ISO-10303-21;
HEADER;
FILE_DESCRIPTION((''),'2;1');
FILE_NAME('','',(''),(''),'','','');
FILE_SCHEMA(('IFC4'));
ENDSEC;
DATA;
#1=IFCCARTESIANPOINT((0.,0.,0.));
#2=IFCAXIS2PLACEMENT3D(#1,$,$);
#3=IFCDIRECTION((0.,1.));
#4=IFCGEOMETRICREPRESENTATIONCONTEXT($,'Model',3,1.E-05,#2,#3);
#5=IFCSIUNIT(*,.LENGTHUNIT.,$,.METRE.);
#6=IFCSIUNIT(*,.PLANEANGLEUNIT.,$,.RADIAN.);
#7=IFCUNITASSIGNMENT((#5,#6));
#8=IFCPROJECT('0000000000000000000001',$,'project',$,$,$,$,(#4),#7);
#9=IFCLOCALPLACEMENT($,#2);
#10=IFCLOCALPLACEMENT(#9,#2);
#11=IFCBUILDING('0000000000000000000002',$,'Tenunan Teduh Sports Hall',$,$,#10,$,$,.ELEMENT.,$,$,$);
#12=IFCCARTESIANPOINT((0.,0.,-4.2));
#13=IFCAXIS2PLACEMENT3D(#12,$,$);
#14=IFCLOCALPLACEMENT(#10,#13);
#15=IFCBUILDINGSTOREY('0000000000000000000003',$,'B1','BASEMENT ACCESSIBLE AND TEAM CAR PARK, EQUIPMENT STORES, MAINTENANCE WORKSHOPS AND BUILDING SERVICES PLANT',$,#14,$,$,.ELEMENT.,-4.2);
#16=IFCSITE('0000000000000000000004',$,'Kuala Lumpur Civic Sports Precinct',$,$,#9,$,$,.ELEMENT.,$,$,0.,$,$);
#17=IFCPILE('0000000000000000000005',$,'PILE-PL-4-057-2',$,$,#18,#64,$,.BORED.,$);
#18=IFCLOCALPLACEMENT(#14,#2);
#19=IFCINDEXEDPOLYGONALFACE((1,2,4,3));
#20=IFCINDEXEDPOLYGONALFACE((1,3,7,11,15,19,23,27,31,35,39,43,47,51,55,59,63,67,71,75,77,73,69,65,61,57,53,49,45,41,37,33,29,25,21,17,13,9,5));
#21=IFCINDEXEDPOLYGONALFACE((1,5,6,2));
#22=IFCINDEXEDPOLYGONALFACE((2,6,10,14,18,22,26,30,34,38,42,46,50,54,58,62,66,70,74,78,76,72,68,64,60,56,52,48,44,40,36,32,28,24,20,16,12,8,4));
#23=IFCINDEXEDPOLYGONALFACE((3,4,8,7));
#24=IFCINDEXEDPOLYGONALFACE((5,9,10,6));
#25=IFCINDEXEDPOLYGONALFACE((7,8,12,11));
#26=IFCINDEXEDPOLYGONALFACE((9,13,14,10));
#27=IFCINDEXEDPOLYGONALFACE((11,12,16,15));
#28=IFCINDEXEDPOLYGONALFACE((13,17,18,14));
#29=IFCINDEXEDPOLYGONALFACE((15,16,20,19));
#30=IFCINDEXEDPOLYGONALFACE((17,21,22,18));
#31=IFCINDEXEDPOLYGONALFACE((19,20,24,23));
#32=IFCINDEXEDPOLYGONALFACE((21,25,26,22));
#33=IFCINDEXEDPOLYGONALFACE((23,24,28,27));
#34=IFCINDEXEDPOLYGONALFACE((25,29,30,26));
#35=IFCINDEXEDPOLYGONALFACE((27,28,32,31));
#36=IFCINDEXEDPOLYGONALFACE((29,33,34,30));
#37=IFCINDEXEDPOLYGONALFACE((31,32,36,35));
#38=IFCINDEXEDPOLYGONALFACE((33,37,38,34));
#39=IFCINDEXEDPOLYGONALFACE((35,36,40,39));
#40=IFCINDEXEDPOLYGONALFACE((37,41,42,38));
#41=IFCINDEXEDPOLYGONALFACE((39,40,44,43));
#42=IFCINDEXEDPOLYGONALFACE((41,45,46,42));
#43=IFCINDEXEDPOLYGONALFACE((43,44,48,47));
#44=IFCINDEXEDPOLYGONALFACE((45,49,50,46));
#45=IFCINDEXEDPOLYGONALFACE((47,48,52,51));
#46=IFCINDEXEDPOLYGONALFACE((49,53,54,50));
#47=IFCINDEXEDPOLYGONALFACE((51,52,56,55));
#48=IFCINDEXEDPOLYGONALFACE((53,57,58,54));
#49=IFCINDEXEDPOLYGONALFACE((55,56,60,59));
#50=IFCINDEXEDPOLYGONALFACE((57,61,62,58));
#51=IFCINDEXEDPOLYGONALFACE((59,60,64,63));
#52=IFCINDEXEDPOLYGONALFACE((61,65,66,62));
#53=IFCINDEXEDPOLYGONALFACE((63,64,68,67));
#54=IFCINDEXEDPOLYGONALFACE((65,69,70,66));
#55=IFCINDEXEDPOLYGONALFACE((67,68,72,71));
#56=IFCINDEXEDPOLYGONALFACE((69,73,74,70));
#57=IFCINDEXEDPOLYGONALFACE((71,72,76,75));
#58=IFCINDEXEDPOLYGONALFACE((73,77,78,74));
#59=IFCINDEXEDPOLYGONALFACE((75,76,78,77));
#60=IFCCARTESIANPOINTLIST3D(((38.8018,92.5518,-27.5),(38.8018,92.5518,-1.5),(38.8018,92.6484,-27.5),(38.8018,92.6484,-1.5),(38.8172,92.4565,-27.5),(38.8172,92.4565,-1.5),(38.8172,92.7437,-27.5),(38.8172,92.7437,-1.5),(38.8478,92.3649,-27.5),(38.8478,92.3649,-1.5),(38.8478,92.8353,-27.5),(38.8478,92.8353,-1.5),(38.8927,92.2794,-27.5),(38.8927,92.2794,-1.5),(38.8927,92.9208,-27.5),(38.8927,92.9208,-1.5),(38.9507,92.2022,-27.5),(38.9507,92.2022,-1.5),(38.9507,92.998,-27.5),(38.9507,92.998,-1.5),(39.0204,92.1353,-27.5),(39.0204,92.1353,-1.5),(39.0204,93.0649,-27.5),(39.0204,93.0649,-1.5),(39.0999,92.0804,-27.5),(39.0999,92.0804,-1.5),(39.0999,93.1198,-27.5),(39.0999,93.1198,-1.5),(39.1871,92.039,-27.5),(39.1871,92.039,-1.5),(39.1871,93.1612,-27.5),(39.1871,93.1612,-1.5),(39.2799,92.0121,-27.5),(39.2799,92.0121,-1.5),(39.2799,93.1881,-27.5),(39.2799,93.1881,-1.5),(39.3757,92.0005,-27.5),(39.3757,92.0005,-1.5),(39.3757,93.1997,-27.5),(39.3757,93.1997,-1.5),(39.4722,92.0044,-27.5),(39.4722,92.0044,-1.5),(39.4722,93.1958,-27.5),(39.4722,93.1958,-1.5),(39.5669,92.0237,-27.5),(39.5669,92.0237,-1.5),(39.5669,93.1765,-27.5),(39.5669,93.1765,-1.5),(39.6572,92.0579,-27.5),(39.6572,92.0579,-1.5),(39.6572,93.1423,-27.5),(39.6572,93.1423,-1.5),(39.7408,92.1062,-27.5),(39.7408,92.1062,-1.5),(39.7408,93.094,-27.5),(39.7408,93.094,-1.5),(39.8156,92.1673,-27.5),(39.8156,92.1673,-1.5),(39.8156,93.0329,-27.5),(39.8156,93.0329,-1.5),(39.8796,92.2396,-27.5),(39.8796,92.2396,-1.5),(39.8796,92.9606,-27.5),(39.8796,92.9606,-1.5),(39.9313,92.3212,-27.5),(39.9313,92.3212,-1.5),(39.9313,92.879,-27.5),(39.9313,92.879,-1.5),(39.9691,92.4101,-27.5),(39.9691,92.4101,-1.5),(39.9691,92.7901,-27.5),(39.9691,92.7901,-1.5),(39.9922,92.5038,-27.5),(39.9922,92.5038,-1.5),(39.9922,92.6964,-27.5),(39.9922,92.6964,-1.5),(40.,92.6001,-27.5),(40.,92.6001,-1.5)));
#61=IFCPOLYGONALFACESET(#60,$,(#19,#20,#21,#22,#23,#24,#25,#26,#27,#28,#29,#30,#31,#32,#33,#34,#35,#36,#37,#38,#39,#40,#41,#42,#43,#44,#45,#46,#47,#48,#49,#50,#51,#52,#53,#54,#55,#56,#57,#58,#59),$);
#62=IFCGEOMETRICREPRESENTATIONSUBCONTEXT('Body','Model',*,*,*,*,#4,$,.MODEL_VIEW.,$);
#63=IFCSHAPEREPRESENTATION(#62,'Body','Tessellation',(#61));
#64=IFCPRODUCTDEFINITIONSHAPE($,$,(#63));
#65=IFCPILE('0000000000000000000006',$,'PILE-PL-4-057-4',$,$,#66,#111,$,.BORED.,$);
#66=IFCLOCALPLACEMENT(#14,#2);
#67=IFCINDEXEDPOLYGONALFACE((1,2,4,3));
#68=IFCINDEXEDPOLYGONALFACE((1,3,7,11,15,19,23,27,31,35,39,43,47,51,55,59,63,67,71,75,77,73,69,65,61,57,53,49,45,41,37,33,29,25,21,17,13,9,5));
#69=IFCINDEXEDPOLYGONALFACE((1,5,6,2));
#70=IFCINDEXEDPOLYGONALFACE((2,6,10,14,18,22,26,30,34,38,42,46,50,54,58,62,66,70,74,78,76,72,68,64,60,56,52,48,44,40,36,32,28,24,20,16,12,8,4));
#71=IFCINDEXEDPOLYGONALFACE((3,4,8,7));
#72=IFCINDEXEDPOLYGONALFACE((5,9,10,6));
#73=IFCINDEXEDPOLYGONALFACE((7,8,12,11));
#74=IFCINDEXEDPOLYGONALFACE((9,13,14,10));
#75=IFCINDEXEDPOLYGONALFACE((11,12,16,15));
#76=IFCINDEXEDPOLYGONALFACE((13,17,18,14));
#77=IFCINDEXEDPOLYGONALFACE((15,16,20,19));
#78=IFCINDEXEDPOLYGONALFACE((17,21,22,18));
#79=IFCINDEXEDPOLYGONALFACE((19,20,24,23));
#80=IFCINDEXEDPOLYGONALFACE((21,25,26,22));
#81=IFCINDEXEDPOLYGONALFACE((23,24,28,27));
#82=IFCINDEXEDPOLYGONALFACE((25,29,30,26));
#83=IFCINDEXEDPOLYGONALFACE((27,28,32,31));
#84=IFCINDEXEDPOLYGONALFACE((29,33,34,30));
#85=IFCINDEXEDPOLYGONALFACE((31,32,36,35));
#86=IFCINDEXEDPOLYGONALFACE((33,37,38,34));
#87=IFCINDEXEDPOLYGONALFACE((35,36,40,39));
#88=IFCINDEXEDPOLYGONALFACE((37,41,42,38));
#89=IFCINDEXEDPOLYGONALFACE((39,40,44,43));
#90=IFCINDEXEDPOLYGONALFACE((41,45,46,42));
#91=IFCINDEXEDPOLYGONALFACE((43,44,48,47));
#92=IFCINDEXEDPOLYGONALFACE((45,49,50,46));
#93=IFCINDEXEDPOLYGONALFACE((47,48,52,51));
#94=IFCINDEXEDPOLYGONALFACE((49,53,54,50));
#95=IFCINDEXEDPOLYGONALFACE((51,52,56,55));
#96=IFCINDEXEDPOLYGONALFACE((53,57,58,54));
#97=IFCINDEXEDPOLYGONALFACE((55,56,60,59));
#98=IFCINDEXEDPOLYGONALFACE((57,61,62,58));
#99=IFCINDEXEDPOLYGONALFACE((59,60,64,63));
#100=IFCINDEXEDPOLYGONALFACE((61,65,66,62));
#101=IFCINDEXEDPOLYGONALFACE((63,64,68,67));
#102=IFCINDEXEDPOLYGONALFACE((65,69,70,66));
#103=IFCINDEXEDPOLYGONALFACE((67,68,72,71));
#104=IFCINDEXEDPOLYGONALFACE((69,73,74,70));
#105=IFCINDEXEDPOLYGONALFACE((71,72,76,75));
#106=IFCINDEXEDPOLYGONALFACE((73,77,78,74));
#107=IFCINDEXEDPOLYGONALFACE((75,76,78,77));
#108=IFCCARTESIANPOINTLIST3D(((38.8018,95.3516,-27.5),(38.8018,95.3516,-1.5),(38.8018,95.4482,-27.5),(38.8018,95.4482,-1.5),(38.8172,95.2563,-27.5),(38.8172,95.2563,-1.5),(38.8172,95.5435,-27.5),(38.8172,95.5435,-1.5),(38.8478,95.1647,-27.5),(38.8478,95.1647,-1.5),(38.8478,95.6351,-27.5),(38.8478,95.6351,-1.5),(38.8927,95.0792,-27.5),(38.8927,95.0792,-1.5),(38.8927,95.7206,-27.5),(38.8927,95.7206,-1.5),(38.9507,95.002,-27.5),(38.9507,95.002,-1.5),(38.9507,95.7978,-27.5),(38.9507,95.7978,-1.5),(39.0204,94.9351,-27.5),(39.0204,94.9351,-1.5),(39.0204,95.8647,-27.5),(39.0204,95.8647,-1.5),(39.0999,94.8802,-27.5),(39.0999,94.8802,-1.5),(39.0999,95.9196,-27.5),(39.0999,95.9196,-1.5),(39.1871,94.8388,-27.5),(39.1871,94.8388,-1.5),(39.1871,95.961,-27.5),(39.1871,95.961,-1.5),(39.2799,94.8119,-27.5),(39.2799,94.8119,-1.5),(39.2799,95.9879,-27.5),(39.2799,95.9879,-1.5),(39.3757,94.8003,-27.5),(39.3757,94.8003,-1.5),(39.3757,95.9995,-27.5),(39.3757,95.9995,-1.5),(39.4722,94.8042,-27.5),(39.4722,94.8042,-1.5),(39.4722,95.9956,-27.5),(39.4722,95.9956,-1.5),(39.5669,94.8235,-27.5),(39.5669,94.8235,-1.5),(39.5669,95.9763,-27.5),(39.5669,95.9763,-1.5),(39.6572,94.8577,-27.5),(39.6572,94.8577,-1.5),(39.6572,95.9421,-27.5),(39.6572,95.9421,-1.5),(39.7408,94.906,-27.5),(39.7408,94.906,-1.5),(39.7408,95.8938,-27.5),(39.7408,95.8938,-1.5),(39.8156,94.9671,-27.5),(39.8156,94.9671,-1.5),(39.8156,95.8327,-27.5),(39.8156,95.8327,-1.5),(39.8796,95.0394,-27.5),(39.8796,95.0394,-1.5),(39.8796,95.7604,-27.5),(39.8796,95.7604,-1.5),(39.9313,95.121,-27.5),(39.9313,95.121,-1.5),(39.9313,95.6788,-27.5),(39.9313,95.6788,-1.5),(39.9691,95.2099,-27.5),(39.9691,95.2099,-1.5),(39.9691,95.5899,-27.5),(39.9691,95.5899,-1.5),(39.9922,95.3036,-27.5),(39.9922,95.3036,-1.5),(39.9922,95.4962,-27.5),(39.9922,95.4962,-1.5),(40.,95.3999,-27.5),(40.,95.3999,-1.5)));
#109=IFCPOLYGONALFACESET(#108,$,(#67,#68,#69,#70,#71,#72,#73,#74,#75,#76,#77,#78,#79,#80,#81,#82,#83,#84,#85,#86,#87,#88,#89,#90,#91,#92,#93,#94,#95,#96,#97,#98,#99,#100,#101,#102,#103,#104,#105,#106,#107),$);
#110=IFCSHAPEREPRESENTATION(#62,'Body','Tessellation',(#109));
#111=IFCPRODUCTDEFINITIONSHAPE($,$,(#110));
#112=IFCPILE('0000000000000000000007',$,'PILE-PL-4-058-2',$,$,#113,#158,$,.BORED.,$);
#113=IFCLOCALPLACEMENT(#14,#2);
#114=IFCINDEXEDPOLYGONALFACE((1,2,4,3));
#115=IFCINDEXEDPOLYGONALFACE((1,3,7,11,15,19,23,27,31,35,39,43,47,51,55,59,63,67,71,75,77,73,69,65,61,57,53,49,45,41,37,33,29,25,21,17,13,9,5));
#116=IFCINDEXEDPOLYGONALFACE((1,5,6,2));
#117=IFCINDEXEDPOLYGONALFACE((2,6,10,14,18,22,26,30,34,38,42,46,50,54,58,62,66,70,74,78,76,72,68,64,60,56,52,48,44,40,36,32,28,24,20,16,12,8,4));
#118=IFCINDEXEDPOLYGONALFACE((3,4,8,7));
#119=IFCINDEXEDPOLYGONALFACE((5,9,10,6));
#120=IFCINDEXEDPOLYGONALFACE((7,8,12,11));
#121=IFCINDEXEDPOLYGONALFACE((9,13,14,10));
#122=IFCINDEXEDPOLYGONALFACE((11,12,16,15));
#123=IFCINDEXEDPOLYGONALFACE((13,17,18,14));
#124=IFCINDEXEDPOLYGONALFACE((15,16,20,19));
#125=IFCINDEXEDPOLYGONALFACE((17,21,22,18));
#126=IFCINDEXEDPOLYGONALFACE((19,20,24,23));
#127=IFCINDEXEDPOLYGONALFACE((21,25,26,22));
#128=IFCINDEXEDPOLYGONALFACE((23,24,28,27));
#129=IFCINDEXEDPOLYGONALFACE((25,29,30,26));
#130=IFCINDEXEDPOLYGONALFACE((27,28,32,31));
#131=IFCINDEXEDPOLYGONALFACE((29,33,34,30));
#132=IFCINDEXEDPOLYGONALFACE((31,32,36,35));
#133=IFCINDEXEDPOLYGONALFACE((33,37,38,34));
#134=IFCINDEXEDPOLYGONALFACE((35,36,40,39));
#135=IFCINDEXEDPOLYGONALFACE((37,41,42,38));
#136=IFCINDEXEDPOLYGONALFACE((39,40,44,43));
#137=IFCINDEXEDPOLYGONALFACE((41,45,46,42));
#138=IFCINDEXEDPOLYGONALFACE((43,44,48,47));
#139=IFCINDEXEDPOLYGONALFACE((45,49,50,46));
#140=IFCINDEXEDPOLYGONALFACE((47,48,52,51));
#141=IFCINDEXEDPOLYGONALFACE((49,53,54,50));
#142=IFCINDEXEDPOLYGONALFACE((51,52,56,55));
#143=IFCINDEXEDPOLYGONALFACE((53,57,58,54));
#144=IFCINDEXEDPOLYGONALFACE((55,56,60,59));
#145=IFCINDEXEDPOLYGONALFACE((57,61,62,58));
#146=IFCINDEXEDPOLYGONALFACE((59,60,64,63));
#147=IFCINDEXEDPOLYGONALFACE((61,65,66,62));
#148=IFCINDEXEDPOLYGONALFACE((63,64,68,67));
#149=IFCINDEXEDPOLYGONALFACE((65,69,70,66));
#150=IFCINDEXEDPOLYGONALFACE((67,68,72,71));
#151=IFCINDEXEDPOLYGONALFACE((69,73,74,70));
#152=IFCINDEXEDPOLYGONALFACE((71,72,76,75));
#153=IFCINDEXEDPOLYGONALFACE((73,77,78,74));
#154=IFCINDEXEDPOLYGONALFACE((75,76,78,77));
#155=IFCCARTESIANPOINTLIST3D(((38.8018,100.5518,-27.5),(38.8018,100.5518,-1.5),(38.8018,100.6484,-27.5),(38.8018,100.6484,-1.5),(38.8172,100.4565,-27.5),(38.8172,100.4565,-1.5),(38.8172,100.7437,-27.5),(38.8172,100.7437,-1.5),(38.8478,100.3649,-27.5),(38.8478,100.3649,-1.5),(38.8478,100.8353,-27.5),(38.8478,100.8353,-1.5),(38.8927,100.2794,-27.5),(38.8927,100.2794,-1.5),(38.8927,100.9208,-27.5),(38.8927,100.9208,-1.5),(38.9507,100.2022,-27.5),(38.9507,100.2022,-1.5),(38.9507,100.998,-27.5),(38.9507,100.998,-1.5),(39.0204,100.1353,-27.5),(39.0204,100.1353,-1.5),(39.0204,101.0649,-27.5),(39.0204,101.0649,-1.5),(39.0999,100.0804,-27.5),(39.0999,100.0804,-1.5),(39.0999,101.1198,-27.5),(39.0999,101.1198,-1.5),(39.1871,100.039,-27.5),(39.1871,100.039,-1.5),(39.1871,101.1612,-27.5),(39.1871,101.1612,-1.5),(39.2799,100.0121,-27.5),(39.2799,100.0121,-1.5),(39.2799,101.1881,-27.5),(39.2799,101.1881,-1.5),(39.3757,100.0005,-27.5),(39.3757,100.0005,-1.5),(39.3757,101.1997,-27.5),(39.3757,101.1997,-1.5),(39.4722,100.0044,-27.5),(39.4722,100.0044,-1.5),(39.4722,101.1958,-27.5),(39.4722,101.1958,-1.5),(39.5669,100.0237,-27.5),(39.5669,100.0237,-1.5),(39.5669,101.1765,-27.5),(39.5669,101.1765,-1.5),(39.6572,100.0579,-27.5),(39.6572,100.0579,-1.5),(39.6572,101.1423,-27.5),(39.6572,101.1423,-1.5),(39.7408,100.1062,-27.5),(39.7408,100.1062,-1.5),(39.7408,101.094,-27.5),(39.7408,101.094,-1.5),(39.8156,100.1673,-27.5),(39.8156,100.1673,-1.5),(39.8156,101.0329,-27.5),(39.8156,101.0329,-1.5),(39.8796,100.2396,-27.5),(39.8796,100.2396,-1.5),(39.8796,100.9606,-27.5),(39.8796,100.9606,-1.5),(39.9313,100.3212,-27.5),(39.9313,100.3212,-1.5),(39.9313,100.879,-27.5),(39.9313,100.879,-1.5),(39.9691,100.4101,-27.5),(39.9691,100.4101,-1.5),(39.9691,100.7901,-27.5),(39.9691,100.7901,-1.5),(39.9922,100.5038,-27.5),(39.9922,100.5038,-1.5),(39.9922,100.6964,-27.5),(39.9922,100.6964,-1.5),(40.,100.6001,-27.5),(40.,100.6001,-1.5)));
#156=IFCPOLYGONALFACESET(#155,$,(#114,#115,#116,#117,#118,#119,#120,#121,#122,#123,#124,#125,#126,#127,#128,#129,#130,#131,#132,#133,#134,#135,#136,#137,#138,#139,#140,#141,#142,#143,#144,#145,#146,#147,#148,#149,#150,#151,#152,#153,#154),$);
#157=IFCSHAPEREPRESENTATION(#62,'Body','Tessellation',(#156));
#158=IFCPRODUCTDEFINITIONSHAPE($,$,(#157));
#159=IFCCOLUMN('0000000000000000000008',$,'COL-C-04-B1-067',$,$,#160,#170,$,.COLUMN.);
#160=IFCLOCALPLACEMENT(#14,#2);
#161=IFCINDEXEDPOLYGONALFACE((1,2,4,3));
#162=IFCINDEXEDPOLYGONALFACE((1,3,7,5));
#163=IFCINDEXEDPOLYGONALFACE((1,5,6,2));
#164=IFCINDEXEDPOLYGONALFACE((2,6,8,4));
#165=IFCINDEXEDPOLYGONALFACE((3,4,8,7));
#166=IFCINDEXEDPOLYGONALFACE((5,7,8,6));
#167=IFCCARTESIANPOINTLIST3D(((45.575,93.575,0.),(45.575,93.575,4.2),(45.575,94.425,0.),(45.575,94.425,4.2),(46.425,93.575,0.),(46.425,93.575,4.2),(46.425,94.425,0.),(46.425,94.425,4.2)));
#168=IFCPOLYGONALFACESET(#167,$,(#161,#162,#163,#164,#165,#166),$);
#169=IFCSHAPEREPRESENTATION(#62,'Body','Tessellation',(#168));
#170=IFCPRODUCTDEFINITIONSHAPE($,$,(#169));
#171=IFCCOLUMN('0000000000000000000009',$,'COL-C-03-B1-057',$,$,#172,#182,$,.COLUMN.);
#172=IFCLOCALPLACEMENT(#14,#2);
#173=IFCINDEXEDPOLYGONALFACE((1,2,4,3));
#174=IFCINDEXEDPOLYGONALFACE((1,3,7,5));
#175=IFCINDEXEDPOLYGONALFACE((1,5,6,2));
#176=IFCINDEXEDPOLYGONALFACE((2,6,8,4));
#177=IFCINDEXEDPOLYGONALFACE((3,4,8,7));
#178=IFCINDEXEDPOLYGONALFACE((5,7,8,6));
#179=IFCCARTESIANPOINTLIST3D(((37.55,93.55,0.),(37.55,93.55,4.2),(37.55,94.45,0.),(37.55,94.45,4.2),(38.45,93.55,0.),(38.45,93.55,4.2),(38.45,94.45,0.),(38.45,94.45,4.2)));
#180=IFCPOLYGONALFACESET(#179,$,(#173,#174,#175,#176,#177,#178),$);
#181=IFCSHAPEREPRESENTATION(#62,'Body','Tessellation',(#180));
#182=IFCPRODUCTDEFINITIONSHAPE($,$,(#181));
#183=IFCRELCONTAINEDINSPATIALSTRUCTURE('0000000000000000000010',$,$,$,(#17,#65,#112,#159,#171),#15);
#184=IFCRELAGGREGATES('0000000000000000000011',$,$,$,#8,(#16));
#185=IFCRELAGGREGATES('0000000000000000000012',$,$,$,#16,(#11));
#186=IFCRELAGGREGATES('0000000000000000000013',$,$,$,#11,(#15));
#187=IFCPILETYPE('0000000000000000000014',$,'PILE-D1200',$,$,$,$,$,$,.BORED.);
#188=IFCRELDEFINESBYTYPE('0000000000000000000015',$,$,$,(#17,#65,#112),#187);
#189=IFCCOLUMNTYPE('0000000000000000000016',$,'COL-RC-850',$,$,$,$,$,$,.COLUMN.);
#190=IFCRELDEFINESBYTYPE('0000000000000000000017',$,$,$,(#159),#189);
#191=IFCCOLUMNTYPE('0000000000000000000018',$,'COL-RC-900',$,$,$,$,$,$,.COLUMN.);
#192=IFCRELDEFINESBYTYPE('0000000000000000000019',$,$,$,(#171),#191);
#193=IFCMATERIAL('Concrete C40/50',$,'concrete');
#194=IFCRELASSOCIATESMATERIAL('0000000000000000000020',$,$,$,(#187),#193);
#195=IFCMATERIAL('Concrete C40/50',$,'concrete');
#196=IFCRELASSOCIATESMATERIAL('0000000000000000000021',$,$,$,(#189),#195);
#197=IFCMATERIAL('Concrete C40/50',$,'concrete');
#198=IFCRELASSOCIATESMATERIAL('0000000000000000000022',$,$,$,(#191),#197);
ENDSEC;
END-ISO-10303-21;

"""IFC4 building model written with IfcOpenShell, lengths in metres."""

from ifc_helpers import new_model, si_unit, direction, frame, origin, origin_2d, place, context, subcontext, project, spatial, rectangle, circle, extrude, material, material_profile, profile_set, type_object, element, save


model = new_model("IFC4")

# Units and contexts
model_context = context("Model", 3, precision=1e-05, world=origin(), true_north=direction((0.0, 1.0)))
body_context = subcontext(model_context, "Body", "Model", "MODEL_VIEW")
ifc_project = project(units=[si_unit("LENGTHUNIT", "METRE"), si_unit("PLANEANGLEUNIT", "RADIAN")], contexts=[model_context])

# Site, building, storey
site_placement = place(None, origin())
site = spatial("IfcSite", under=ifc_project, at=site_placement, Name="Kuala Lumpur Civic Sports Precinct", CompositionType="ELEMENT", RefElevation=0.0)
building_placement = place(site_placement, origin())
building = spatial("IfcBuilding", under=site, at=building_placement, Name="Tenunan Teduh Sports Hall", CompositionType="ELEMENT")
storey_placement = place(building_placement, frame((0.0, 0.0, -4.2)))
storey = spatial("IfcBuildingStorey", under=building, at=storey_placement, Name="B1", Description="BASEMENT ACCESSIBLE AND TEAM CAR PARK, EQUIPMENT STORES, MAINTENANCE WORKSHOPS AND BUILDING SERVICES PLANT", CompositionType="ELEMENT", Elevation=-4.2)

# Piles
ifc_material_1 = material(Name="Concrete C40/50", Category="concrete")
ifc_material_profile_1 = material_profile(ifc_material_1, circle(Radius=0.6001, at=origin_2d()), Name="PILE D1200")
ifc_profile_set_1 = profile_set([ifc_material_profile_1], Name="Concrete C40/50")
pile_type_1 = type_object("IfcPileType", Name="PILE-D1200", PredefinedType="BORED", material=ifc_profile_set_1)
for number, where, z_axis, x_axis, name in (
    (1, (39.3999, 92.6001, -1.5), (0.0, 0.0, -1.0), (1.0, 0.0, 0.0), "PILE-PL-4-057-2"),
    (2, (39.3999, 95.3999, -1.5), (0.0, 0.0, -1.0), (1.0, 0.0, 0.0), "PILE-PL-4-057-4"),
    (3, (39.3999, 100.6001, -1.5), (0.0, 0.0, -1.0), (1.0, 0.0, 0.0), "PILE-PL-4-058-2"),
):
    element("IfcPile", number, at=place(storey_placement, frame(where, z_axis=z_axis, x_axis=x_axis)), inside=storey, type_object=pile_type_1, Name=name, PredefinedType="BORED", context=body_context, shape_type="SweptSolid", body=[
        extrude(circle(Radius=0.6001, at=origin_2d()), origin(), (0.0, 0.0, 1.0), 26.0),
    ])

# Columns
ifc_material_2 = material(Name="Concrete C40/50", Category="concrete")
ifc_material_profile_2 = material_profile(ifc_material_2, rectangle(XDim=0.8501, YDim=0.8501, at=origin_2d()), Name="RC 850x850")
ifc_profile_set_2 = profile_set([ifc_material_profile_2], Name="Concrete C40/50")
column_type_1 = type_object("IfcColumnType", Name="COL-RC-850", PredefinedType="COLUMN", material=ifc_profile_set_2)
column_1_placement = place(storey_placement, frame((46.0, 94.0, 0.0), z_axis=(0.0, 0.0, 1.0), x_axis=(1.0, 0.0, 0.0)))
element("IfcColumn", 4, at=column_1_placement, inside=storey, type_object=column_type_1, Name="COL-C-04-B1-067", PredefinedType="COLUMN", context=body_context, shape_type="SweptSolid", body=[
    extrude(rectangle(XDim=0.8501, YDim=0.8501, at=origin_2d()), origin(), (0.0, 0.0, 1.0), 4.2),
])
ifc_material_3 = material(Name="Concrete C40/50", Category="concrete")
ifc_material_profile_3 = material_profile(ifc_material_3, rectangle(XDim=0.8999, YDim=0.8999, at=origin_2d()), Name="RC 900x900")
ifc_profile_set_3 = profile_set([ifc_material_profile_3], Name="Concrete C40/50")
column_type_2 = type_object("IfcColumnType", Name="COL-RC-900", PredefinedType="COLUMN", material=ifc_profile_set_3)
column_2_placement = place(storey_placement, frame((38.0, 94.0, 0.0), z_axis=(0.0, 0.0, 1.0), x_axis=(1.0, 0.0, 0.0)))
element("IfcColumn", 5, at=column_2_placement, inside=storey, type_object=column_type_2, Name="COL-C-03-B1-057", PredefinedType="COLUMN", context=body_context, shape_type="SweptSolid", body=[
    extrude(rectangle(XDim=0.8999, YDim=0.8999, at=origin_2d()), origin(), (0.0, 0.0, 1.0), 4.2),
])

save(model, "model.ifc")
